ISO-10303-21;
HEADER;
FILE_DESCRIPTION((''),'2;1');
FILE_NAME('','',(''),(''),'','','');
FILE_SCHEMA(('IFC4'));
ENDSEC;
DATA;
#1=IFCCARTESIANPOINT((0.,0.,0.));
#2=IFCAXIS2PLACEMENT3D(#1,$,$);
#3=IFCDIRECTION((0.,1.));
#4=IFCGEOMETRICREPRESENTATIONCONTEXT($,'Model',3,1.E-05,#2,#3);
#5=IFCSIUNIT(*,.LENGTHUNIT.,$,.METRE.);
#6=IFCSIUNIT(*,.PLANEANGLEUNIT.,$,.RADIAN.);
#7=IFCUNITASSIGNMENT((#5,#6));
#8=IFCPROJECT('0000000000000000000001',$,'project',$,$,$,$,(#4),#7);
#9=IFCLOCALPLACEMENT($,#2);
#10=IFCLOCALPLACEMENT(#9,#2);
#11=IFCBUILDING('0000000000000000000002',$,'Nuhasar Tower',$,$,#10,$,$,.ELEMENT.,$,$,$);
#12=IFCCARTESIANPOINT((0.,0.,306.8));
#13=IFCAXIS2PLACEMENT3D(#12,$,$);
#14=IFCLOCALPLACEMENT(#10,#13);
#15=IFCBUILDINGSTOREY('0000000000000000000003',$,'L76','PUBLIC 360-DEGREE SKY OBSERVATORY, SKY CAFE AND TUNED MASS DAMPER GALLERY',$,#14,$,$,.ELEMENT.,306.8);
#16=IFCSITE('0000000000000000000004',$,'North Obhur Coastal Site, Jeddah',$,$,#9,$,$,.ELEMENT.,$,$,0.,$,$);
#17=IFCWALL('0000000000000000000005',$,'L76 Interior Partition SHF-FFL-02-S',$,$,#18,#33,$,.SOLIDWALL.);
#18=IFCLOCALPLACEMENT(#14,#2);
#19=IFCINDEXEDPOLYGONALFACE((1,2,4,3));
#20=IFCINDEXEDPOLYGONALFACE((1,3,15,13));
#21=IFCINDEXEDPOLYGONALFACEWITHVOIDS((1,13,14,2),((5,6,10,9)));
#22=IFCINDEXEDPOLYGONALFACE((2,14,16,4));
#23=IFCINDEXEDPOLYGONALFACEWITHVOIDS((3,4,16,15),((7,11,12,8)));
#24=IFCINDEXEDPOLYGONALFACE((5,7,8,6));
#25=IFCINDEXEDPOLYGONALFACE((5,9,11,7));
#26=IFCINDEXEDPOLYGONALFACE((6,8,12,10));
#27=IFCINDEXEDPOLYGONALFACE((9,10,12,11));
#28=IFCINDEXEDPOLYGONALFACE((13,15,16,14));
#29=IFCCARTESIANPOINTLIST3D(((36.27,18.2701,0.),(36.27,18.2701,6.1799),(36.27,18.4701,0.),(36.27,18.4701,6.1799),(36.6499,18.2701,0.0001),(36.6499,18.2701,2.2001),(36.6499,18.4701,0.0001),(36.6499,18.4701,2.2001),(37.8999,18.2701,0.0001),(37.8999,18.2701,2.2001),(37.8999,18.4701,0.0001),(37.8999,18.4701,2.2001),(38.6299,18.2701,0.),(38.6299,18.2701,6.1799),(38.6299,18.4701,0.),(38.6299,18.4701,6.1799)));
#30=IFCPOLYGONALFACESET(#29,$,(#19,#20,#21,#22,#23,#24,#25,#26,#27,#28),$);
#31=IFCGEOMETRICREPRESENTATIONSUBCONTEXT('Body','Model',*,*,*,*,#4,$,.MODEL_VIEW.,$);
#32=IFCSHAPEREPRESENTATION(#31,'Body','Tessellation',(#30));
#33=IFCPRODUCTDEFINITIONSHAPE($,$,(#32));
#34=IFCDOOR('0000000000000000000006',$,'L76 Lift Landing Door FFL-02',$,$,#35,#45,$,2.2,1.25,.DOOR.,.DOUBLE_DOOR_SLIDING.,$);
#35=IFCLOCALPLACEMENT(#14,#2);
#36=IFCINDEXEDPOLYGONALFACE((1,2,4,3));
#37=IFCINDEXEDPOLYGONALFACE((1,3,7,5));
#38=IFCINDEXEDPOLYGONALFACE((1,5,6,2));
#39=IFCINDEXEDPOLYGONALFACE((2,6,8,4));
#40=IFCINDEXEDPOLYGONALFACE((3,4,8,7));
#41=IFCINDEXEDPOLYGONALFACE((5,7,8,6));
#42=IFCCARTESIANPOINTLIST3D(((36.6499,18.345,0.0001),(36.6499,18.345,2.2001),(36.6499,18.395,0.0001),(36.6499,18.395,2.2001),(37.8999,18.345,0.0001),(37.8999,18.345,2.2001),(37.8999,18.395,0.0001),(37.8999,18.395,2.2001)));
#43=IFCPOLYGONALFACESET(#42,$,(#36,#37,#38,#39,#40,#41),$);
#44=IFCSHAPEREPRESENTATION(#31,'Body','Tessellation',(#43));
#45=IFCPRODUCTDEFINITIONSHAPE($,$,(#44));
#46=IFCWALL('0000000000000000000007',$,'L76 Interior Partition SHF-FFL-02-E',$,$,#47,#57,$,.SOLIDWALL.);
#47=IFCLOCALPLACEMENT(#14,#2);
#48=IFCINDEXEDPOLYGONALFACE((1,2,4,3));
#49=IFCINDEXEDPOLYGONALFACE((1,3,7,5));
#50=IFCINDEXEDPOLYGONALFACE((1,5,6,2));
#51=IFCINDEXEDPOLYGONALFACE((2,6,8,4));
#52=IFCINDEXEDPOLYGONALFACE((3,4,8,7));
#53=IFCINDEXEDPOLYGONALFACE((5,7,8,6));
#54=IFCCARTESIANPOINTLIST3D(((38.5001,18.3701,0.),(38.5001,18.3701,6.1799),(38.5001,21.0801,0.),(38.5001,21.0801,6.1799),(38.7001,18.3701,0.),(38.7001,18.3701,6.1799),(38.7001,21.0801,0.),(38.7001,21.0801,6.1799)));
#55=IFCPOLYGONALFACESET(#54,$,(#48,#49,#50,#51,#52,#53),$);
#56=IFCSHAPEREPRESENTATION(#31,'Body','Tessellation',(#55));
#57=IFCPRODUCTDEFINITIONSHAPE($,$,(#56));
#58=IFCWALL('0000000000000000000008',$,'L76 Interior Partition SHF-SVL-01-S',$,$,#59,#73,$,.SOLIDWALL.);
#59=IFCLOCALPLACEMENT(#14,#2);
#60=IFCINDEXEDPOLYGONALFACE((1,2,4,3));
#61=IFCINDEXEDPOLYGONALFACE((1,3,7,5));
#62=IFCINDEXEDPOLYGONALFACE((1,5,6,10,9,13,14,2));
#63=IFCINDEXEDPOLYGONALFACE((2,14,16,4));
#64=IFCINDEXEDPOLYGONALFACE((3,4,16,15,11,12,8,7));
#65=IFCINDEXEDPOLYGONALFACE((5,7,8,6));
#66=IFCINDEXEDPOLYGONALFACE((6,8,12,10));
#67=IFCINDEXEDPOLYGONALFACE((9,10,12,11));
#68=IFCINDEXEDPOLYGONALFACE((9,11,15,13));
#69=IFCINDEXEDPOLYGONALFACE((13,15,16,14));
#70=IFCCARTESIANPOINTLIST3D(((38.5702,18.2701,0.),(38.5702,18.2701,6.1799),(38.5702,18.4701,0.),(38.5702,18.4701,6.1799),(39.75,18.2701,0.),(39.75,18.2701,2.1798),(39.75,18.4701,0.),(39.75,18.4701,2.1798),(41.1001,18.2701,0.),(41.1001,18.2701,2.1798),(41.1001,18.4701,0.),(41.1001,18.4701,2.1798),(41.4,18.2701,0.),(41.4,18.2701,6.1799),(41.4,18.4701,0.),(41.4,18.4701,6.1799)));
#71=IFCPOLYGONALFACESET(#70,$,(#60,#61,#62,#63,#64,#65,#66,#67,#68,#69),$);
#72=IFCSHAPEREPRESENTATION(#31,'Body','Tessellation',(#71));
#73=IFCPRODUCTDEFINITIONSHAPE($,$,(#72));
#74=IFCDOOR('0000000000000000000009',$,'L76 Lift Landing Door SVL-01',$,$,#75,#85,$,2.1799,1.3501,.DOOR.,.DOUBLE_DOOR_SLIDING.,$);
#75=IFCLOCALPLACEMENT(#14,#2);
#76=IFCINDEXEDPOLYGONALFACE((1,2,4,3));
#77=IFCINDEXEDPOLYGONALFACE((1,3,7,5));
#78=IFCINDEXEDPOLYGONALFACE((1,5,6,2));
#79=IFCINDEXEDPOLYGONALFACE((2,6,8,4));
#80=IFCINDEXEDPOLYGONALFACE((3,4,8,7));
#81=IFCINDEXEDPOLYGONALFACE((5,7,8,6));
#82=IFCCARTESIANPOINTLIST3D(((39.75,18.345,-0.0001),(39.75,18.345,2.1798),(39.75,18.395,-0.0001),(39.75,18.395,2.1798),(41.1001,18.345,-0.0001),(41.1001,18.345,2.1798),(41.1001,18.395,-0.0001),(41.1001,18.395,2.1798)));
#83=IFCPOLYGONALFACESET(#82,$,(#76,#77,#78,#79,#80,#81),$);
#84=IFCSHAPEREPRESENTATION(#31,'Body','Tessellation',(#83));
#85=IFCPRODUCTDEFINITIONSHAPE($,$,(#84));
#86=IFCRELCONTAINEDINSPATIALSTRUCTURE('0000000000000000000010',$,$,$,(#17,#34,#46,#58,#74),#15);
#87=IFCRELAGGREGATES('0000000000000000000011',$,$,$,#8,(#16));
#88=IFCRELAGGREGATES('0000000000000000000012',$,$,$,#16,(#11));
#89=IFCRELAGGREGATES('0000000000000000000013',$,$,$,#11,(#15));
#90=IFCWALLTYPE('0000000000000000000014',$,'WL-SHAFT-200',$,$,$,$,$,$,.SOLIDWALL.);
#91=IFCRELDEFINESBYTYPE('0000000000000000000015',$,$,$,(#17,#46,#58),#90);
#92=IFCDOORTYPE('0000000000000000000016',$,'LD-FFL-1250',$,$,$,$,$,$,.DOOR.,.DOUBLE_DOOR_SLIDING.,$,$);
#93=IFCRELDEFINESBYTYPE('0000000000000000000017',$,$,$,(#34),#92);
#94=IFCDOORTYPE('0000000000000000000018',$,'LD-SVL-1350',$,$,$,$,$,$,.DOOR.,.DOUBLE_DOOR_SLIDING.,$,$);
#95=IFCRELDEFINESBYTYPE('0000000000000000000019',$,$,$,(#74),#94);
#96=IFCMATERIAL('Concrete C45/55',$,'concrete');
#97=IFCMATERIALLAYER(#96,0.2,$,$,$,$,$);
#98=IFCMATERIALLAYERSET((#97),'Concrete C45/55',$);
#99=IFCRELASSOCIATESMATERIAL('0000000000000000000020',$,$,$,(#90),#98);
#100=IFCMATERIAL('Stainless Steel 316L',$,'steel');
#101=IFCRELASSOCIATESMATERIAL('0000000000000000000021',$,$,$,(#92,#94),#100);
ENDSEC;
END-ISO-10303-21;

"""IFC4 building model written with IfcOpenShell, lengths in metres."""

from ifc_helpers import new_model, si_unit, direction, frame, frame_2d, origin, place, context, subcontext, project, spatial, rectangle, extrude, material, layer, layer_set, type_object, element, fill, save


model = new_model("IFC4")

# Units and contexts
model_context = context("Model", 3, precision=1e-05, world=origin(), true_north=direction((0.0, 1.0)))
body_context = subcontext(model_context, "Body", "Model", "MODEL_VIEW")
ifc_project = project(units=[si_unit("LENGTHUNIT", "METRE"), si_unit("PLANEANGLEUNIT", "RADIAN")], contexts=[model_context])

# Site, building, storey
site_placement = place(None, origin())
site = spatial("IfcSite", under=ifc_project, at=site_placement, Name="North Obhur Coastal Site, Jeddah", CompositionType="ELEMENT", RefElevation=0.0)
building_placement = place(site_placement, origin())
building = spatial("IfcBuilding", under=site, at=building_placement, Name="Nuhasar Tower", CompositionType="ELEMENT")
storey_placement = place(building_placement, frame((0.0, 0.0, 306.8)))
storey = spatial("IfcBuildingStorey", under=building, at=storey_placement, Name="L76", Description="PUBLIC 360-DEGREE SKY OBSERVATORY, SKY CAFE AND TUNED MASS DAMPER GALLERY", CompositionType="ELEMENT", Elevation=306.8)

# Shared definitions
ifc_material_1 = material(Name="Concrete C45/55", Category="concrete")
ifc_layer_1 = layer(ifc_material_1, 0.2)
ifc_layer_set_1 = layer_set([ifc_layer_1], Name="Concrete C45/55")
wall_type_1 = type_object("IfcWallType", Name="WL-SHAFT-200", PredefinedType="SOLIDWALL", material=ifc_layer_set_1)
ifc_material_2 = material(Name="Stainless Steel 316L", Category="steel")

# Shared definitions
door_type_1 = type_object("IfcDoorType", Name="LD-FFL-1250", OperationType="DOUBLE_DOOR_SLIDING", PredefinedType="DOOR", material=ifc_material_2)

# Wall, opening, door
wall_1_placement = place(storey_placement, frame((36.27, 18.3701, 0.0), z_axis=(0.0, 0.0, 1.0), x_axis=(1.0, 0.0, 0.0)))
wall_1 = element("IfcWall", 1, at=wall_1_placement, inside=storey, type_object=wall_type_1, Name="L76 Interior Partition SHF-FFL-02-S", PredefinedType="SOLIDWALL", context=body_context, shape_type="SweptSolid", body=[
    extrude(rectangle(XDim=2.3599, YDim=0.2, at=frame_2d((1.1799, 0.0))), origin(), (0.0, 0.0, 1.0), 6.1799),
])
opening_1_placement = place(wall_1_placement, frame((0.3799, 0.0, 0.0)))
opening_1 = element("IfcOpeningElement", 2, at=opening_1_placement, cuts=wall_1, PredefinedType="OPENING", context=body_context, shape_type="SweptSolid", body=[
    extrude(rectangle(XDim=1.25, YDim=2.2, at=frame_2d((0.625, 1.1001))), frame((0.0, 0.1099, 0.0), z_axis=(0.0, -1.0, 0.0), x_axis=(1.0, 0.0, 0.0)), (0.0, 0.0, 1.0), 0.22),
])
door_1_placement = place(opening_1_placement, origin())
door_1 = element("IfcDoor", 3, at=door_1_placement, inside=storey, type_object=door_type_1, Name="L76 Lift Landing Door FFL-02", OperationType="DOUBLE_DOOR_SLIDING", OverallHeight=2.2, OverallWidth=1.25, PredefinedType="DOOR", context=body_context, shape_type="SweptSolid", body=[
    extrude(rectangle(XDim=1.25, YDim=2.2, at=frame_2d((0.625, 1.1001))), frame((0.0, 0.0249, 0.0), z_axis=(0.0, -1.0, 0.0), x_axis=(1.0, 0.0, 0.0)), (0.0, 0.0, 1.0), 0.05),
])
fill(opening_1, door_1)

# Wall
wall_2_placement = place(storey_placement, frame((38.6001, 18.3701, 0.0), z_axis=(0.0, 0.0, 1.0), x_axis=(0.0, 1.0, 0.0)))
element("IfcWall", 4, at=wall_2_placement, inside=storey, type_object=wall_type_1, Name="L76 Interior Partition SHF-FFL-02-E", PredefinedType="SOLIDWALL", context=body_context, shape_type="SweptSolid", body=[
    extrude(rectangle(XDim=2.71, YDim=0.2, at=frame_2d((1.355, 0.0))), origin(), (0.0, 0.0, 1.0), 6.1799),
])

# Wall, opening, door
wall_3_placement = place(storey_placement, frame((38.5701, 18.3701, 0.0), z_axis=(0.0, 0.0, 1.0), x_axis=(1.0, 0.0, 0.0)))
wall_3 = element("IfcWall", 5, at=wall_3_placement, inside=storey, type_object=wall_type_1, Name="L76 Interior Partition SHF-SVL-01-S", PredefinedType="SOLIDWALL", context=body_context, shape_type="SweptSolid", body=[
    extrude(rectangle(XDim=2.8298, YDim=0.2, at=frame_2d((1.415, 0.0))), origin(), (0.0, 0.0, 1.0), 6.1799),
])
opening_2_placement = place(wall_3_placement, frame((1.1799, 0.0, 0.0)))
opening_2 = element("IfcOpeningElement", 6, at=opening_2_placement, cuts=wall_3, PredefinedType="OPENING", context=body_context, shape_type="SweptSolid", body=[
    extrude(rectangle(XDim=1.3501, YDim=2.1799, at=frame_2d((0.675, 1.0898))), frame((0.0, 0.1099, 0.0), z_axis=(0.0, -1.0, 0.0), x_axis=(1.0, 0.0, 0.0)), (0.0, 0.0, 1.0), 0.22),
])
door_type_2 = type_object("IfcDoorType", Name="LD-SVL-1350", OperationType="DOUBLE_DOOR_SLIDING", PredefinedType="DOOR", material=ifc_material_2)
door_2_placement = place(opening_2_placement, origin())
door_2 = element("IfcDoor", 7, at=door_2_placement, inside=storey, type_object=door_type_2, Name="L76 Lift Landing Door SVL-01", OperationType="DOUBLE_DOOR_SLIDING", OverallHeight=2.1799, OverallWidth=1.3501, PredefinedType="DOOR", context=body_context, shape_type="SweptSolid", body=[
    extrude(rectangle(XDim=1.3501, YDim=2.1799, at=frame_2d((0.675, 1.0898))), frame((0.0, 0.0249, 0.0), z_axis=(0.0, -1.0, 0.0), x_axis=(1.0, 0.0, 0.0)), (0.0, 0.0, 1.0), 0.05),
])
fill(opening_2, door_2)

save(model, "model.ifc")
